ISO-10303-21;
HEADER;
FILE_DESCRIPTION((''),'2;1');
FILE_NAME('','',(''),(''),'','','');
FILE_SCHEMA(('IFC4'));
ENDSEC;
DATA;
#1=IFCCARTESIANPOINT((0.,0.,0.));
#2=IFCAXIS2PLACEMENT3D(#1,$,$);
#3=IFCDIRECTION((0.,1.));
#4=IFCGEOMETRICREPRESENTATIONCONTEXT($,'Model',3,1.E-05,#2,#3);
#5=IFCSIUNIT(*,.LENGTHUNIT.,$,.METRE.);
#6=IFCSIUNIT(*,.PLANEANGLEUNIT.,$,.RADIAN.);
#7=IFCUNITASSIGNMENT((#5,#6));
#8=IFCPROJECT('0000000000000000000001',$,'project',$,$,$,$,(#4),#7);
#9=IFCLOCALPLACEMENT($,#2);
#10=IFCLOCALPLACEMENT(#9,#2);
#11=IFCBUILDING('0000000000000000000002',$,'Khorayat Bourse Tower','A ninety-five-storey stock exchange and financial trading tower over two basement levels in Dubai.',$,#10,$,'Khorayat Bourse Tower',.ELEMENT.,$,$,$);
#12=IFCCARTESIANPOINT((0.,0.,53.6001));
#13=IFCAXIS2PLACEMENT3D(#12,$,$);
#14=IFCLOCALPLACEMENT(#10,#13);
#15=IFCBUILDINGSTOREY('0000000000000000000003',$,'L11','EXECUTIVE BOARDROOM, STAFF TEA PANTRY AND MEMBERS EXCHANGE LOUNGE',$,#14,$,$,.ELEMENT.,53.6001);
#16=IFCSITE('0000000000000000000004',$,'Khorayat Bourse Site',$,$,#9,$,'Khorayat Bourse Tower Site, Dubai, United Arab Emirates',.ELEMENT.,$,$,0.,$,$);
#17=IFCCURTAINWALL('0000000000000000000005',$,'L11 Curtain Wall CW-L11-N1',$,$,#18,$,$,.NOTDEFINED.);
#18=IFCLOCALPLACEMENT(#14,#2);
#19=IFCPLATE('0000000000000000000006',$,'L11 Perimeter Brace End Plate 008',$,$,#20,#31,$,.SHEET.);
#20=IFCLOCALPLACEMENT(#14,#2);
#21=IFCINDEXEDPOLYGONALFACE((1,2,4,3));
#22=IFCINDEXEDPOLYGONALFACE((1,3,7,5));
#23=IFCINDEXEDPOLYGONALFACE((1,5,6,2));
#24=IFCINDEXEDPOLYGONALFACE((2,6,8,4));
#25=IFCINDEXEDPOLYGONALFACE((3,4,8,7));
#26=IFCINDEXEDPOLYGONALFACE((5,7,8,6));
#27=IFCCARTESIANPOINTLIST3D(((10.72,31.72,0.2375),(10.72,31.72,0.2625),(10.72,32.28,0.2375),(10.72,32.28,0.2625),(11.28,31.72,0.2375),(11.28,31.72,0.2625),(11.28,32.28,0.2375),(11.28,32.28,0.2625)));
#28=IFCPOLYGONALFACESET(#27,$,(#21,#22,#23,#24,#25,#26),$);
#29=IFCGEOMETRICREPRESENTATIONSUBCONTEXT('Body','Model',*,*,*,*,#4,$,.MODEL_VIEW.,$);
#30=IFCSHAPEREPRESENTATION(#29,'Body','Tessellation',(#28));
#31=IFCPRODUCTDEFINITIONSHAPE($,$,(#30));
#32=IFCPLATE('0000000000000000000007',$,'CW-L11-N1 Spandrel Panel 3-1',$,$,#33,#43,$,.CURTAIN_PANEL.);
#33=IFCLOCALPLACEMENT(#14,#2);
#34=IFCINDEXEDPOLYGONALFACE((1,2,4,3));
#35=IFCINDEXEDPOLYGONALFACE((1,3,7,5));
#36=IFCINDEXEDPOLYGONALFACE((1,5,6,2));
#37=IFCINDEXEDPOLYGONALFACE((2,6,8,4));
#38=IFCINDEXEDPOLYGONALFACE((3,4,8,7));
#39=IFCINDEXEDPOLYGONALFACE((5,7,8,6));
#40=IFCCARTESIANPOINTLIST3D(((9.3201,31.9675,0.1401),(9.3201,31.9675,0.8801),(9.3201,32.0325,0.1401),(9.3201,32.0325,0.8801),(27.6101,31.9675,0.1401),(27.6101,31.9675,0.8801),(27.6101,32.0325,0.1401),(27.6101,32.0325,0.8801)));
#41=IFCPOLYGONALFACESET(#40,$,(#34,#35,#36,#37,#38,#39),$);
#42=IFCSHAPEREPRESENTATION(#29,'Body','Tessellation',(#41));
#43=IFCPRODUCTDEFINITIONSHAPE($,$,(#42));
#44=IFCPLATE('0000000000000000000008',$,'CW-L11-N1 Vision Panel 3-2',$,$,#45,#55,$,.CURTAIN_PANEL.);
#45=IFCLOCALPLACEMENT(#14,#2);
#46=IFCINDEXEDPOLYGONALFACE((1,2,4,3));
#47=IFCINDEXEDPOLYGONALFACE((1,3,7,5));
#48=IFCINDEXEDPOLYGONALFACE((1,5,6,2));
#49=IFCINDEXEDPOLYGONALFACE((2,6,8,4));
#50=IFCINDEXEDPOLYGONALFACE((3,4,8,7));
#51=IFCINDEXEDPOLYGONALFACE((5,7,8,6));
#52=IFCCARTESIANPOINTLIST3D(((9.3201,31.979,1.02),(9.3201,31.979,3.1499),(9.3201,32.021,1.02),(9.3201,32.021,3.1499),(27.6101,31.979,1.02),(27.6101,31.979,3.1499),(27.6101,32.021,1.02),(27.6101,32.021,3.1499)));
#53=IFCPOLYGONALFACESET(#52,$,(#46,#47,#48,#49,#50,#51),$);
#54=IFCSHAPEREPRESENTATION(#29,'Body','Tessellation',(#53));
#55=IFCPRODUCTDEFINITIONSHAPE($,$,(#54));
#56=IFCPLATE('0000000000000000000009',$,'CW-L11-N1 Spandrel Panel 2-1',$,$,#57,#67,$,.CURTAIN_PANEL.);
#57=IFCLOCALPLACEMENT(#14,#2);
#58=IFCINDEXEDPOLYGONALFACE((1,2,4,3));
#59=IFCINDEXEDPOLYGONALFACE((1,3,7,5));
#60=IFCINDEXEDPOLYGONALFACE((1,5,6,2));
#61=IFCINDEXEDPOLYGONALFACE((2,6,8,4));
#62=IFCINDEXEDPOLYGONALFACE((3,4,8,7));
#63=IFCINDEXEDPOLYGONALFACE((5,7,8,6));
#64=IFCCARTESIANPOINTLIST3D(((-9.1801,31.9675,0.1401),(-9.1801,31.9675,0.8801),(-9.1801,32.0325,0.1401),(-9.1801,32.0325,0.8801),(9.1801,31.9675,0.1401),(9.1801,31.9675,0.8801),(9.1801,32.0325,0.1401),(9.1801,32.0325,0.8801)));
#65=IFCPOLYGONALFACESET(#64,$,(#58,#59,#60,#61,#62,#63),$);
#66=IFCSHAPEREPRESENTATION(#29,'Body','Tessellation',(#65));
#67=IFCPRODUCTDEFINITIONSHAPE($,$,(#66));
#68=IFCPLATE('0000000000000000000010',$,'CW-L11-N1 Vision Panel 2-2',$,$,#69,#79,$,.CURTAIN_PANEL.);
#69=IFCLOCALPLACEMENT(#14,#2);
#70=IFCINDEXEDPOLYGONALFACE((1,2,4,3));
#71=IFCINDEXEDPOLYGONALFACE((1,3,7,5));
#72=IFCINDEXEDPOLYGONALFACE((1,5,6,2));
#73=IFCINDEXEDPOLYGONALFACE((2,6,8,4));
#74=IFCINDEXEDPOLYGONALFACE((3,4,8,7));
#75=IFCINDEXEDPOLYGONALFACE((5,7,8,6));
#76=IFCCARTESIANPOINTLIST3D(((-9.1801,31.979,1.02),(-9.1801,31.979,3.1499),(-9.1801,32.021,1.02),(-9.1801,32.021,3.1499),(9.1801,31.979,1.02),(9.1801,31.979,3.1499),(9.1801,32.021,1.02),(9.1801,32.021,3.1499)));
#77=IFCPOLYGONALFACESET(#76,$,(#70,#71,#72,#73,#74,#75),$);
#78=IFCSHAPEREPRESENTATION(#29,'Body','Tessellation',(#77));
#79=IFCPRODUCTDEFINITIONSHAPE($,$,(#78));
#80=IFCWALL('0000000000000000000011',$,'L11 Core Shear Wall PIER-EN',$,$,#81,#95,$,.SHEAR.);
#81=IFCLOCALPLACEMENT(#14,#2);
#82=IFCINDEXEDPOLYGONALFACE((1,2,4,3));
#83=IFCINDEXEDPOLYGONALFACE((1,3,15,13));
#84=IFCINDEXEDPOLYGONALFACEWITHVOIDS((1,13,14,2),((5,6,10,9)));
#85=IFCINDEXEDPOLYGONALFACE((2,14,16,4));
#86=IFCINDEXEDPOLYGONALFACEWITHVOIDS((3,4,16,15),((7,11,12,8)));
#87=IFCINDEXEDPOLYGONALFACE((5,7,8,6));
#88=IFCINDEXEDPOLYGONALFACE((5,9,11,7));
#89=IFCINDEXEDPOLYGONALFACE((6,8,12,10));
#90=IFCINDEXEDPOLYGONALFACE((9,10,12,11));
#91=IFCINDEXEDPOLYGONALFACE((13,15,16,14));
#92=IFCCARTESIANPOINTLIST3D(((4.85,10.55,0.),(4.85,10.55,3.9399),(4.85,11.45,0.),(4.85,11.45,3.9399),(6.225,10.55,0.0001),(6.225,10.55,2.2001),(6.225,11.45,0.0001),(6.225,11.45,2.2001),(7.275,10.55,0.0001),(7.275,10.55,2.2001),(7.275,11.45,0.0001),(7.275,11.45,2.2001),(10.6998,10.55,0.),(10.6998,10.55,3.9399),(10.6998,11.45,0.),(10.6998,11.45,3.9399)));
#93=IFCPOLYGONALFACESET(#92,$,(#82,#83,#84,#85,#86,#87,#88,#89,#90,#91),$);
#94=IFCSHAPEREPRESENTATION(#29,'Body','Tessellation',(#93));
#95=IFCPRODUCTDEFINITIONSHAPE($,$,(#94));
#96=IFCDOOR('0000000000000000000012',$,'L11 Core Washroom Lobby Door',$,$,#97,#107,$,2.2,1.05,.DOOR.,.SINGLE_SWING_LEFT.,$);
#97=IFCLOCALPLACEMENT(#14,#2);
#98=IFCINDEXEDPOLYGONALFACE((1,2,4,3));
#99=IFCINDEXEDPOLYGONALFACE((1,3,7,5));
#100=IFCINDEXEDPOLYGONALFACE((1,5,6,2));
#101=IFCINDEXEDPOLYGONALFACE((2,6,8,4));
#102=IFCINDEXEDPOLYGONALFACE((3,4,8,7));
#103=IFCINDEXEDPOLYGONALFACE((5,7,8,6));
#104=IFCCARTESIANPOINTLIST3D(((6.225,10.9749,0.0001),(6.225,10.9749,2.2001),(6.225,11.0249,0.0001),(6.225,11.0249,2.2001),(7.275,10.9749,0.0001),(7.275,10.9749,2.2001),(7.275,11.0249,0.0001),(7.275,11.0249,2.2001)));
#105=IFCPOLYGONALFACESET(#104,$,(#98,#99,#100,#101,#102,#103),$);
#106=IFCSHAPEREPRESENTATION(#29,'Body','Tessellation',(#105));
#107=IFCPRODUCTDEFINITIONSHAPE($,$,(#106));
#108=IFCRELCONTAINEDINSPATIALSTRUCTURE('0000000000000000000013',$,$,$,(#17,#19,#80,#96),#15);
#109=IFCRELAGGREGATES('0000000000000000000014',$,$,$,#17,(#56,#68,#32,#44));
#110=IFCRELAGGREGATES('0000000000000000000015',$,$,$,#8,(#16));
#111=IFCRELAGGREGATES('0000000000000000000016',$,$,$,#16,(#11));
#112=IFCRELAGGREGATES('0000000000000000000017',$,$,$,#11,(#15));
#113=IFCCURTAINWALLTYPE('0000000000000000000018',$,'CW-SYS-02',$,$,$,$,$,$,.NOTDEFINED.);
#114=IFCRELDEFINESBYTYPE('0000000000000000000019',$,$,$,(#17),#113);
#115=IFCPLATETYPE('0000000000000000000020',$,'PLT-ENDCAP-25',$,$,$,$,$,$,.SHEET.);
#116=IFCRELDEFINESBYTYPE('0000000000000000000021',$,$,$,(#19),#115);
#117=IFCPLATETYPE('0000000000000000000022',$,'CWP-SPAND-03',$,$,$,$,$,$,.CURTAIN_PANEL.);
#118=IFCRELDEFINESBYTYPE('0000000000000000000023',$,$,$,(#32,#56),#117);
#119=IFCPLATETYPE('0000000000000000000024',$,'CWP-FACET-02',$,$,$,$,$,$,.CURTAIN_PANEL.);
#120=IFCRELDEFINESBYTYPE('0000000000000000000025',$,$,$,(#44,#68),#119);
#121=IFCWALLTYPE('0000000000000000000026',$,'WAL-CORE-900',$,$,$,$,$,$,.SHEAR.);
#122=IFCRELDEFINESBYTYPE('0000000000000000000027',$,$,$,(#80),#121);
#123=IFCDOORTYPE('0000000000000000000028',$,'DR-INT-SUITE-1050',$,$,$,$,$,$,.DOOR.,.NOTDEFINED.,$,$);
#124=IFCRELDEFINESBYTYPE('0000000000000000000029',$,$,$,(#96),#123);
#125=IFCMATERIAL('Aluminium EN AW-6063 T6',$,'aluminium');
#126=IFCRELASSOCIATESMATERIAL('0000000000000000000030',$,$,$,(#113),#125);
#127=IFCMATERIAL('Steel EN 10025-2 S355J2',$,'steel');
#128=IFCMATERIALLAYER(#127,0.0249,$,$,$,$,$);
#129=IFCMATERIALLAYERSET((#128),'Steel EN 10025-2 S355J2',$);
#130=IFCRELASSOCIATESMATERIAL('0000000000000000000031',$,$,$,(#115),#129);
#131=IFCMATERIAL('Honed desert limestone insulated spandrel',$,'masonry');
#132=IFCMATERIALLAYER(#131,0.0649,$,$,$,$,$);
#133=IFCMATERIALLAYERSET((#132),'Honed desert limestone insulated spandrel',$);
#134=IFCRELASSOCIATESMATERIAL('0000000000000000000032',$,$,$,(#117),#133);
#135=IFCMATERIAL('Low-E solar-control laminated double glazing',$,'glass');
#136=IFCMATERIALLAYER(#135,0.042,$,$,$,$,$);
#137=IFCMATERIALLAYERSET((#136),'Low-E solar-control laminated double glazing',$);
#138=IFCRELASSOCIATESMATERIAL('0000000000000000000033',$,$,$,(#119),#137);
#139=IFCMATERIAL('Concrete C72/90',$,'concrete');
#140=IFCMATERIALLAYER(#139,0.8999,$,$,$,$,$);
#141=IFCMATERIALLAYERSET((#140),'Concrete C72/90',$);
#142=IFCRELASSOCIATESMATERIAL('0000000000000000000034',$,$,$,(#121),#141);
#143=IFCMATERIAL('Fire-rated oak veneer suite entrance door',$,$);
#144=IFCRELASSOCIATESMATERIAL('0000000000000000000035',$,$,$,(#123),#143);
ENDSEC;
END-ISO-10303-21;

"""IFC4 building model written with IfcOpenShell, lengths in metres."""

from ifc_helpers import new_model, si_unit, direction, frame, frame_2d, origin, origin_2d, place, context, subcontext, project, spatial, rectangle, extrude, source, transform, mapped, material, layer, layer_set, type_object, element, fill, aggregate, save


model = new_model("IFC4")

# Units and contexts
model_context = context("Model", 3, precision=1e-05, world=origin(), true_north=direction((0.0, 1.0)))
body_context = subcontext(model_context, "Body", "Model", "MODEL_VIEW")
ifc_project = project(units=[si_unit("LENGTHUNIT", "METRE"), si_unit("PLANEANGLEUNIT", "RADIAN")], contexts=[model_context])

# Site, building, storey
site_placement = place(None, origin())
site = spatial("IfcSite", under=ifc_project, at=site_placement, Name="Khorayat Bourse Site", LongName="Khorayat Bourse Tower Site, Dubai, United Arab Emirates", CompositionType="ELEMENT", RefElevation=0.0)
building_placement = place(site_placement, origin())
building = spatial("IfcBuilding", under=site, at=building_placement, Name="Khorayat Bourse Tower", Description="A ninety-five-storey stock exchange and financial trading tower over two basement levels in Dubai.", LongName="Khorayat Bourse Tower", CompositionType="ELEMENT")
storey_placement = place(building_placement, frame((0.0, 0.0, 53.6001)))
storey = spatial("IfcBuildingStorey", under=building, at=storey_placement, Name="L11", Description="EXECUTIVE BOARDROOM, STAFF TEA PANTRY AND MEMBERS EXCHANGE LOUNGE", CompositionType="ELEMENT", Elevation=53.6001)

# Shared definitions
ifc_material_1 = material(Name="Concrete C72/90", Category="concrete")

# Curtain wall
ifc_material_2 = material(Name="Aluminium EN AW-6063 T6", Category="aluminium")
curtain_wall_type = type_object("IfcCurtainWallType", Name="CW-SYS-02", PredefinedType="NOTDEFINED", material=ifc_material_2)
curtain_wall_placement = place(storey_placement, origin())
curtain_wall = element("IfcCurtainWall", 1, at=curtain_wall_placement, inside=storey, type_object=curtain_wall_type, Name="L11 Curtain Wall CW-L11-N1", PredefinedType="NOTDEFINED")

# Plate
ifc_material_3 = material(Name="Steel EN 10025-2 S355J2", Category="steel")
ifc_layer_1 = layer(ifc_material_3, 0.0249)
ifc_layer_set_1 = layer_set([ifc_layer_1], Name="Steel EN 10025-2 S355J2")
plate_type_1 = type_object("IfcPlateType", Name="PLT-ENDCAP-25", PredefinedType="SHEET", material=ifc_layer_set_1)
shared_shape_1 = source(origin(), body_context, "Body", "SweptSolid", [
    extrude(rectangle(XDim=0.5601, YDim=0.5601, at=origin_2d()), origin(), (0.0, 0.0, 1.0), 0.0249),
])
for number, where, z_axis, x_axis, name in (
    (2, (11.0, 32.0, 0.2375), (0.0, 0.0, 1.0), (1.0, 0.0, 0.0), "L11 Perimeter Brace End Plate 008"),
):
    element("IfcPlate", number, at=place(storey_placement, frame(where, z_axis=z_axis, x_axis=x_axis)), inside=storey, type_object=plate_type_1, Name=name, PredefinedType="SHEET", context=body_context, shape_type="MappedRepresentation", body=[
        mapped(shared_shape_1, transform((0.0, 0.0, 0.0), scale=1.0)),
    ])

# Plates
ifc_material_4 = material(Name="Honed desert limestone insulated spandrel", Category="masonry")
ifc_layer_2 = layer(ifc_material_4, 0.0649)
ifc_layer_set_2 = layer_set([ifc_layer_2], Name="Honed desert limestone insulated spandrel")
plate_type_2 = type_object("IfcPlateType", Name="CWP-SPAND-03", PredefinedType="CURTAIN_PANEL", material=ifc_layer_set_2)
shared_shape_2 = source(origin(), body_context, "Body", "SweptSolid", [
    extrude(rectangle(XDim=18.29, YDim=0.0649, at=origin_2d()), origin(), (0.0, 0.0, 1.0), 0.74),
])
plate_1_placement = place(storey_placement, frame((18.4651, 32.0, 0.1401), z_axis=(0.0, 0.0, 1.0), x_axis=(1.0, 0.0, 0.0)))
plate_1 = element("IfcPlate", 3, at=plate_1_placement, type_object=plate_type_2, Name="CW-L11-N1 Spandrel Panel 3-1", PredefinedType="CURTAIN_PANEL", context=body_context, shape_type="MappedRepresentation", body=[
    mapped(shared_shape_2, transform((0.0, 0.0, 0.0), scale=1.0)),
])
ifc_material_5 = material(Name="Low-E solar-control laminated double glazing", Category="glass")
ifc_layer_3 = layer(ifc_material_5, 0.042)
ifc_layer_set_3 = layer_set([ifc_layer_3], Name="Low-E solar-control laminated double glazing")
plate_type_3 = type_object("IfcPlateType", Name="CWP-FACET-02", PredefinedType="CURTAIN_PANEL", material=ifc_layer_set_3)
shared_shape_3 = source(origin(), body_context, "Body", "SweptSolid", [
    extrude(rectangle(XDim=18.29, YDim=0.042, at=origin_2d()), origin(), (0.0, 0.0, 1.0), 2.1299),
])
plate_2_placement = place(storey_placement, frame((18.4651, 32.0, 1.02), z_axis=(0.0, 0.0, 1.0), x_axis=(1.0, 0.0, 0.0)))
plate_2 = element("IfcPlate", 4, at=plate_2_placement, type_object=plate_type_3, Name="CW-L11-N1 Vision Panel 3-2", PredefinedType="CURTAIN_PANEL", context=body_context, shape_type="MappedRepresentation", body=[
    mapped(shared_shape_3, transform((0.0, 0.0, 0.0), scale=1.0)),
])
shared_shape_4 = source(origin(), body_context, "Body", "SweptSolid", [
    extrude(rectangle(XDim=18.3601, YDim=0.0649, at=origin_2d()), origin(), (0.0, 0.0, 1.0), 0.74),
])
plate_3_placement = place(storey_placement, frame((0.0, 32.0, 0.1401), z_axis=(0.0, 0.0, 1.0), x_axis=(1.0, 0.0, 0.0)))
plate_3 = element("IfcPlate", 5, at=plate_3_placement, type_object=plate_type_2, Name="CW-L11-N1 Spandrel Panel 2-1", PredefinedType="CURTAIN_PANEL", context=body_context, shape_type="MappedRepresentation", body=[
    mapped(shared_shape_4, transform((0.0, 0.0, 0.0), scale=1.0)),
])
shared_shape_5 = source(origin(), body_context, "Body", "SweptSolid", [
    extrude(rectangle(XDim=18.3601, YDim=0.042, at=origin_2d()), origin(), (0.0, 0.0, 1.0), 2.1299),
])
plate_4_placement = place(storey_placement, frame((0.0, 32.0, 1.02), z_axis=(0.0, 0.0, 1.0), x_axis=(1.0, 0.0, 0.0)))
plate_4 = element("IfcPlate", 6, at=plate_4_placement, type_object=plate_type_3, Name="CW-L11-N1 Vision Panel 2-2", PredefinedType="CURTAIN_PANEL", context=body_context, shape_type="MappedRepresentation", body=[
    mapped(shared_shape_5, transform((0.0, 0.0, 0.0), scale=1.0)),
])
aggregate(curtain_wall, [plate_3, plate_4, plate_1, plate_2])

# Wall, opening, door
ifc_layer_4 = layer(ifc_material_1, 0.8999)
ifc_layer_set_4 = layer_set([ifc_layer_4], Name="Concrete C72/90")
wall_type = type_object("IfcWallType", Name="WAL-CORE-900", PredefinedType="SHEAR", material=ifc_layer_set_4)
shared_shape_6 = source(origin(), body_context, "Body", "SweptSolid", [
    extrude(rectangle(XDim=5.8499, YDim=0.8999, at=frame_2d((2.9248, 0.0))), origin(), (0.0, 0.0, 1.0), 3.9399),
])
wall_placement = place(storey_placement, frame((4.8501, 11.0, 0.0), z_axis=(0.0, 0.0, 1.0), x_axis=(1.0, 0.0, 0.0)))
wall = element("IfcWall", 7, at=wall_placement, inside=storey, type_object=wall_type, Name="L11 Core Shear Wall PIER-EN", PredefinedType="SHEAR", context=body_context, shape_type="MappedRepresentation", body=[
    mapped(shared_shape_6, transform((0.0, 0.0, 0.0), scale=1.0)),
])
shared_shape_7 = source(origin(), body_context, "Body", "SweptSolid", [
    extrude(rectangle(XDim=1.05, YDim=2.2, at=frame_2d((0.5249, 1.1001))), frame((0.0, 0.46, 0.0), z_axis=(0.0, -1.0, 0.0), x_axis=(1.0, 0.0, 0.0)), (0.0, 0.0, 1.0), 0.9199),
])
opening_placement = place(wall_placement, frame((1.375, 0.0, 0.0)))
opening = element("IfcOpeningElement", 8, at=opening_placement, cuts=wall, PredefinedType="OPENING", context=body_context, shape_type="MappedRepresentation", body=[
    mapped(shared_shape_7, transform((0.0, 0.0, 0.0), scale=1.0)),
])
ifc_material_6 = material(Name="Fire-rated oak veneer suite entrance door")
door_type = type_object("IfcDoorType", Name="DR-INT-SUITE-1050", OperationType="NOTDEFINED", PredefinedType="DOOR", material=ifc_material_6)
shared_shape_8 = source(origin(), body_context, "Body", "SweptSolid", [
    extrude(rectangle(XDim=1.05, YDim=2.2, at=frame_2d((0.5249, 1.1001))), frame((0.0, 0.0249, 0.0), z_axis=(0.0, -1.0, 0.0), x_axis=(1.0, 0.0, 0.0)), (0.0, 0.0, 1.0), 0.05),
])
door_placement = place(opening_placement, origin())
door = element("IfcDoor", 9, at=door_placement, inside=storey, type_object=door_type, Name="L11 Core Washroom Lobby Door", OperationType="SINGLE_SWING_LEFT", OverallHeight=2.2, OverallWidth=1.05, PredefinedType="DOOR", context=body_context, shape_type="MappedRepresentation", body=[
    mapped(shared_shape_8, transform((0.0, 0.0, 0.0), scale=1.0)),
])
fill(opening, door)

save(model, "model.ifc")
